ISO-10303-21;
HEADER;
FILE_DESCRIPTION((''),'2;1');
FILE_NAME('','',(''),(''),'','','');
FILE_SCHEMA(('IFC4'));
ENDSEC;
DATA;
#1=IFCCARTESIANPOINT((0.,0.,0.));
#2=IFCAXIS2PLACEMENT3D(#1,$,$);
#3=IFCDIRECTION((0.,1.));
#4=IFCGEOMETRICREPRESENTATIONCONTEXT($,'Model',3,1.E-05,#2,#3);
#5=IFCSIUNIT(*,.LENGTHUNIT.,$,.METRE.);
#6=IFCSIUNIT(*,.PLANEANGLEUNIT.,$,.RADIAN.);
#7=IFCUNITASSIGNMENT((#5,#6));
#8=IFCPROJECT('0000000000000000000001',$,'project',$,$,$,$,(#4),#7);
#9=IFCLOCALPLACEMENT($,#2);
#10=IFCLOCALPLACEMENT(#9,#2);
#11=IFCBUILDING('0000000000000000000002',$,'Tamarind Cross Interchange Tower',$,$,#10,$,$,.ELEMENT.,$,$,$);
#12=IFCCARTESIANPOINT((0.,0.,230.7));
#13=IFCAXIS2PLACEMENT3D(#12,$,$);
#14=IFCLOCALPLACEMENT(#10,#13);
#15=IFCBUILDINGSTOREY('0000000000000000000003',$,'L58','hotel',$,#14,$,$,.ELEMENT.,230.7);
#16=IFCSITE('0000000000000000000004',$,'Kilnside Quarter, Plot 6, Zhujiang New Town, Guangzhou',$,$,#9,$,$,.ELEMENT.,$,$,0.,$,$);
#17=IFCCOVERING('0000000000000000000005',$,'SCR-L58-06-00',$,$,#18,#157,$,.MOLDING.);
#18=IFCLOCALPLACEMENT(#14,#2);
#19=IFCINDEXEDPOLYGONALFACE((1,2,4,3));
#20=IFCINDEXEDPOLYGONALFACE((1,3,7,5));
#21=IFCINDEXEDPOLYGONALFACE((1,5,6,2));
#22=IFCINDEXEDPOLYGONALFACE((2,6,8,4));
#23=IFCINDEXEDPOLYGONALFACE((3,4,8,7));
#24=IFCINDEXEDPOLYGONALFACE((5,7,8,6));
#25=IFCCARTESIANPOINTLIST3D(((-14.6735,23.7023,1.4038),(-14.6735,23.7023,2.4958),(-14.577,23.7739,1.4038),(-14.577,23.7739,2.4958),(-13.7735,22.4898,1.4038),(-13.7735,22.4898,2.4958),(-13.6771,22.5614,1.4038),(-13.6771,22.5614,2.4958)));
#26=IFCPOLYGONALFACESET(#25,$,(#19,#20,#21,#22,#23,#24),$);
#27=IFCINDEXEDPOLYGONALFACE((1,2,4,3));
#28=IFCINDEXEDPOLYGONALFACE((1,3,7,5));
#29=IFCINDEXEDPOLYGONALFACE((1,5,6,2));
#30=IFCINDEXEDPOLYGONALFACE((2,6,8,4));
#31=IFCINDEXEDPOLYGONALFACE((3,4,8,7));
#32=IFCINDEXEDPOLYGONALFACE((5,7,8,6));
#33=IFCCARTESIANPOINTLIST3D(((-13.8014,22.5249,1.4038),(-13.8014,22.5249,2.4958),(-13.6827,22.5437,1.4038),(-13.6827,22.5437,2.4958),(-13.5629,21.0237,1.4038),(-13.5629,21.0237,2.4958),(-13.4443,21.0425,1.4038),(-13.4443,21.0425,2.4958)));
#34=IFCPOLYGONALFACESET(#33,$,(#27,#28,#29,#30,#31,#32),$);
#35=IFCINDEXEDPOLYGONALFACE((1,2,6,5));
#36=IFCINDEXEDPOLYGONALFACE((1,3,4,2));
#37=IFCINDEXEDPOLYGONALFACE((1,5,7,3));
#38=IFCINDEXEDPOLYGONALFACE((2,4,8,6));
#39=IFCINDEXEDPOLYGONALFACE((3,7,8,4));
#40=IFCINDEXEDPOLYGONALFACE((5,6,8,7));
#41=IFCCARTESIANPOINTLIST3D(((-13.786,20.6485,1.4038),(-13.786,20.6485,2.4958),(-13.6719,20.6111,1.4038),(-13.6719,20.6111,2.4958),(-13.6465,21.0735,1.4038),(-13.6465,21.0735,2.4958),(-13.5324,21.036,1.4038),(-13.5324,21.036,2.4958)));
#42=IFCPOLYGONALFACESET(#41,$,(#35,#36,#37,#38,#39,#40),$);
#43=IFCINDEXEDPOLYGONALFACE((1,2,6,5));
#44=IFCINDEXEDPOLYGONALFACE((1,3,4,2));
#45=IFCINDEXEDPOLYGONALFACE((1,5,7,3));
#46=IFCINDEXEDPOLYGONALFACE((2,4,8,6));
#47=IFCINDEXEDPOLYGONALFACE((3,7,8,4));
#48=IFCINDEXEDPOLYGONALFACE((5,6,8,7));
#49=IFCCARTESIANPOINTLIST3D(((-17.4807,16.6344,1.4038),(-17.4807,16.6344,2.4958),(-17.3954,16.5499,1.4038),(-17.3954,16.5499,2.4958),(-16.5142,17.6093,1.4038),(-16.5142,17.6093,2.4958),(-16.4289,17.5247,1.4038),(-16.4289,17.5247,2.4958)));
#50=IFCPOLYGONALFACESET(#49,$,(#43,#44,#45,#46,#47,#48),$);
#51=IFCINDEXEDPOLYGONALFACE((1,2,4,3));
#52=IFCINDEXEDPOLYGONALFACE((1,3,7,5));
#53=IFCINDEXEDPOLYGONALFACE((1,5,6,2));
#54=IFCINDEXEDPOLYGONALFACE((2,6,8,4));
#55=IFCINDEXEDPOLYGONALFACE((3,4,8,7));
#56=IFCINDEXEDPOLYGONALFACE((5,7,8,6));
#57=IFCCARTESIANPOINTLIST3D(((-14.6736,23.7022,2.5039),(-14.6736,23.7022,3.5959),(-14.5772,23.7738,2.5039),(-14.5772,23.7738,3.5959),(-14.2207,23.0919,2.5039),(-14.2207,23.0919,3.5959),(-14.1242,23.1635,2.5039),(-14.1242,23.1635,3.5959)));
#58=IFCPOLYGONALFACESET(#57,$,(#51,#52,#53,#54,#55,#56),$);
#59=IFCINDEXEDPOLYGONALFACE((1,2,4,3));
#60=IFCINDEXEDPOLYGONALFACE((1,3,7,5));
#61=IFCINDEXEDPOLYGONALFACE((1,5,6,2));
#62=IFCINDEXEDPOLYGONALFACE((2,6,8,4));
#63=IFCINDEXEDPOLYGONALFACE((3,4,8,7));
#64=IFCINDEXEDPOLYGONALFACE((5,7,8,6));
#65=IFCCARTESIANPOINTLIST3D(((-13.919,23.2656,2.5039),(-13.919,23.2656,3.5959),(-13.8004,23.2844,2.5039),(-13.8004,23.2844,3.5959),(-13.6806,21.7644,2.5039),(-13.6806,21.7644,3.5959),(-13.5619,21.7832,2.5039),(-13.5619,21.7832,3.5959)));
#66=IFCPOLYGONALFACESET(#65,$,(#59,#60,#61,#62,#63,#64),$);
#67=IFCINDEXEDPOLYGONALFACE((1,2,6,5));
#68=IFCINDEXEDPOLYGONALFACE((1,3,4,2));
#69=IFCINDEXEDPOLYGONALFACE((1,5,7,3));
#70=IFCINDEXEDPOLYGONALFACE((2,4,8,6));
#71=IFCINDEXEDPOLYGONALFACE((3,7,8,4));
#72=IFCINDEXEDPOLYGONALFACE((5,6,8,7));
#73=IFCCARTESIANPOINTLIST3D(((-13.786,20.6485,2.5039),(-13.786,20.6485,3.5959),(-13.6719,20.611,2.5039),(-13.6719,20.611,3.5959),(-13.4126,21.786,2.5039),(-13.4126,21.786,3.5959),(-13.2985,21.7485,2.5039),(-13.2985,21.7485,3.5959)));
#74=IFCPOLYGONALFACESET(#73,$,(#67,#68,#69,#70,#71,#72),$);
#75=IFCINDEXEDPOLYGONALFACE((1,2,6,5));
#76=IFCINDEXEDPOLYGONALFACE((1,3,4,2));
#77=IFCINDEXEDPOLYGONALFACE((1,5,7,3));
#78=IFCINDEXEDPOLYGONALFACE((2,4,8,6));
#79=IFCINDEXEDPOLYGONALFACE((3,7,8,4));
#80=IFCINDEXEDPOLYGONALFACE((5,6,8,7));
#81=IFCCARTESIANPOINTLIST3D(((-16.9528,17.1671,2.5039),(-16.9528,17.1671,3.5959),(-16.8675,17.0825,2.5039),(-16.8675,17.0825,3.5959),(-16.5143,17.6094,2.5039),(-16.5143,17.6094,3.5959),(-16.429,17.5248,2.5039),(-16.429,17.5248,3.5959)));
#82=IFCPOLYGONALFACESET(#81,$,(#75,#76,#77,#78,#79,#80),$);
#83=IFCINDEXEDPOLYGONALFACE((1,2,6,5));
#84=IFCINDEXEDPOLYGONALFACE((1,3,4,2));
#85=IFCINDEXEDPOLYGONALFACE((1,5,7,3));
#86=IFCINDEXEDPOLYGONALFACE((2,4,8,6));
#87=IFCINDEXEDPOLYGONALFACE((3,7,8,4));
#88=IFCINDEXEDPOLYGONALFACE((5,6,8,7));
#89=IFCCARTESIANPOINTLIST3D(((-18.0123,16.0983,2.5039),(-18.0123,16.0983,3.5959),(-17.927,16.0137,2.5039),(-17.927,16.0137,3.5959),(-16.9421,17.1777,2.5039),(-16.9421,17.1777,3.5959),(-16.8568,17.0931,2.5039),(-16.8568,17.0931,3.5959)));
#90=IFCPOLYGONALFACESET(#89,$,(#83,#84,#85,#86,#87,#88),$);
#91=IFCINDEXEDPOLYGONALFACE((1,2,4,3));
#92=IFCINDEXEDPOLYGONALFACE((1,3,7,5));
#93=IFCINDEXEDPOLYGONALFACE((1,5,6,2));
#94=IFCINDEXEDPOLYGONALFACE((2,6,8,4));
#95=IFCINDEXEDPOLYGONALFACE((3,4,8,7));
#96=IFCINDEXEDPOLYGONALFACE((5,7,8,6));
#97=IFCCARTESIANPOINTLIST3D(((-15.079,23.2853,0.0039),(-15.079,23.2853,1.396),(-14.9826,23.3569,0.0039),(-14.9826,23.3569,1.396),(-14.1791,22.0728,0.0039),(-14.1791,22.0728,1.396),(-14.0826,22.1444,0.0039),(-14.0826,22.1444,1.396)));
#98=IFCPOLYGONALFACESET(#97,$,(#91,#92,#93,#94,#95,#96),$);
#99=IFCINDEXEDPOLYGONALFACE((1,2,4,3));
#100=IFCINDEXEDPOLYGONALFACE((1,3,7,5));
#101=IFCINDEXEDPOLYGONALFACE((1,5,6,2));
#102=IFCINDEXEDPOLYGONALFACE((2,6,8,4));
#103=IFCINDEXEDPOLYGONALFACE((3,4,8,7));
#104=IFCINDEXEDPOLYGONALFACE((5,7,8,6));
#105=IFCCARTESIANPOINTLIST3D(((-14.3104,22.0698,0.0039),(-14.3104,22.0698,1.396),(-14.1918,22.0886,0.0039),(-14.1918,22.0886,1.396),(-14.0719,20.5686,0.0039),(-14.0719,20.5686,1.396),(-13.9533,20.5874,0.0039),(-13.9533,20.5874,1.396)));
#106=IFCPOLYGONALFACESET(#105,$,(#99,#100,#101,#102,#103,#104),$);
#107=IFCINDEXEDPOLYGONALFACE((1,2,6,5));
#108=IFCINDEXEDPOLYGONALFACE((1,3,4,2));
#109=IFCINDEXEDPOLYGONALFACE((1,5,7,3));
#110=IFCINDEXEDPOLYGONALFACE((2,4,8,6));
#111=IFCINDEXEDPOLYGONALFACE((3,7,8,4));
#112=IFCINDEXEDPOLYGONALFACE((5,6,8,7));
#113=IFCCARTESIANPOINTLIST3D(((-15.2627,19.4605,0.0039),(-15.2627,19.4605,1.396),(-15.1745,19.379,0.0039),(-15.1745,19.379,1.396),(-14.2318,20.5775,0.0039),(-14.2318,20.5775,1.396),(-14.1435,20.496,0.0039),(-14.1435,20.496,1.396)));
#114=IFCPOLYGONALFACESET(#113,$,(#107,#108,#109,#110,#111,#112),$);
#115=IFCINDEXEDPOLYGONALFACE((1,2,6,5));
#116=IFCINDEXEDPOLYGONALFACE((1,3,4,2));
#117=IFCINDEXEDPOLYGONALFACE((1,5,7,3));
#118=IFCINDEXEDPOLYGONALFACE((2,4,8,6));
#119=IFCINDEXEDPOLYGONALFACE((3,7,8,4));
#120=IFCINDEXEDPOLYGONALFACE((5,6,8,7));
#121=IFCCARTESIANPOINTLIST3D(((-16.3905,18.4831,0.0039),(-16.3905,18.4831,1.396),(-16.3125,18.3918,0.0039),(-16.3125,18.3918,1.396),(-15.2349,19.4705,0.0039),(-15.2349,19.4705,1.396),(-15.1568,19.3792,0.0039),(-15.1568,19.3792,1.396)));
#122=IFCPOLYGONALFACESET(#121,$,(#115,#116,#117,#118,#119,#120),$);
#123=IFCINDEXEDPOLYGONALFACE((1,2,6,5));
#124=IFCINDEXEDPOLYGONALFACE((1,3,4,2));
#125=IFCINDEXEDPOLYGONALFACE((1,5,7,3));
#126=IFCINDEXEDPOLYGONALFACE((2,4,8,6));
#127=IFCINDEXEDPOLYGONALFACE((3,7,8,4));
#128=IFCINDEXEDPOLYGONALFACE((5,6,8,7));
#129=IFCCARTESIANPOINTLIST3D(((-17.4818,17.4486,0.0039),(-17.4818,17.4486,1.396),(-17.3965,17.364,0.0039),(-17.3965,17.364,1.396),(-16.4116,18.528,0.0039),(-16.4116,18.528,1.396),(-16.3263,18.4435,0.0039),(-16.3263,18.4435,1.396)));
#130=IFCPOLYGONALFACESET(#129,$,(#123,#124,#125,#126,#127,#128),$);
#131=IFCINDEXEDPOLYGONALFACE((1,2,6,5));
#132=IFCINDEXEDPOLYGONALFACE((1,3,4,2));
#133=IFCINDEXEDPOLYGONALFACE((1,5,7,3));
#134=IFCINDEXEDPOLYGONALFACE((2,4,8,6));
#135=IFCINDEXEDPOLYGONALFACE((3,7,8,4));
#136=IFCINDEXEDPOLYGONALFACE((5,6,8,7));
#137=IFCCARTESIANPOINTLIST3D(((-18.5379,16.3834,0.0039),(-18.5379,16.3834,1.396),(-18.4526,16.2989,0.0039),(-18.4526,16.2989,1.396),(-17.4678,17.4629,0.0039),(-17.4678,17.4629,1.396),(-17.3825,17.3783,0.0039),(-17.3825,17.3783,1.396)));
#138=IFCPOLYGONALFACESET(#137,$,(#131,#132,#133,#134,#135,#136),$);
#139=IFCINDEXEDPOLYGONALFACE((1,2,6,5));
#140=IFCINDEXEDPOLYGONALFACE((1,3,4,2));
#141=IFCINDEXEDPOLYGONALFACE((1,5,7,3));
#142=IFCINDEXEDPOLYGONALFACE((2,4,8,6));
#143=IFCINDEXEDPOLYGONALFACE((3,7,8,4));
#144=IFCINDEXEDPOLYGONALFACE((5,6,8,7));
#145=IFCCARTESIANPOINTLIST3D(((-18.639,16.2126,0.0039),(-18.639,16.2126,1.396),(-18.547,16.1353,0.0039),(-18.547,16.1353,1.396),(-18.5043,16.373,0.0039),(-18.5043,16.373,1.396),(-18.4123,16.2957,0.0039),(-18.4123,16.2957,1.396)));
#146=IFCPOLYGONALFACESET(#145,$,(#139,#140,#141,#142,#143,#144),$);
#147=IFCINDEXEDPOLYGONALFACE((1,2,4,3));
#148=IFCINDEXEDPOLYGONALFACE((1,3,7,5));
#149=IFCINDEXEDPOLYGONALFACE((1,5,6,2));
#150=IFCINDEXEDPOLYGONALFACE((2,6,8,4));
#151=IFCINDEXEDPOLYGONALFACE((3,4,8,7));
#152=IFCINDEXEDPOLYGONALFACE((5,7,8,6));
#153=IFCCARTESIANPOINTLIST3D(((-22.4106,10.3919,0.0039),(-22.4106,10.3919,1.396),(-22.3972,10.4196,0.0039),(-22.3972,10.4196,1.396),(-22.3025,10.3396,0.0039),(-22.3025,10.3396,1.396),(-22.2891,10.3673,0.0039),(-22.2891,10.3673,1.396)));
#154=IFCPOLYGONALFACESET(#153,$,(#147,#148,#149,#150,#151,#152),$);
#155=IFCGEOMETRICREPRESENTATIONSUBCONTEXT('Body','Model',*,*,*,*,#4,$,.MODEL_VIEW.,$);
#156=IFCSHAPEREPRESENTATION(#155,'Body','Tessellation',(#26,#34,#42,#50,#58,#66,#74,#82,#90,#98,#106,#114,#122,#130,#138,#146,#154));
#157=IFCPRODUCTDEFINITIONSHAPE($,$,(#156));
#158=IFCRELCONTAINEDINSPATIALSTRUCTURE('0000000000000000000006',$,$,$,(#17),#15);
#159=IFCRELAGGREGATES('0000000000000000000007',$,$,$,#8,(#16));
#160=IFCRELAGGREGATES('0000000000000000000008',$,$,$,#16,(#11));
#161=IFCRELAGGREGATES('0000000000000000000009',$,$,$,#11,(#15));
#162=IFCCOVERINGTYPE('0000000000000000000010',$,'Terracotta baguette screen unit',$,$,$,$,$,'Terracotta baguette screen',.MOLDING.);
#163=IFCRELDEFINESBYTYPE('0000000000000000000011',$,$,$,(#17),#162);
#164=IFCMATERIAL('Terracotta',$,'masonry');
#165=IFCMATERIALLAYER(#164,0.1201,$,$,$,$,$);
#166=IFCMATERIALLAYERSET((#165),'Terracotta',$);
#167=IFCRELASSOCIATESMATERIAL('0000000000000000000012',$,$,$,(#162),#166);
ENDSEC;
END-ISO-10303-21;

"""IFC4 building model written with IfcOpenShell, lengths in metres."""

from ifc_helpers import new_model, si_unit, direction, frame, origin, origin_2d, place, context, subcontext, project, spatial, rectangle, extrude, material, layer, layer_set, type_object, element, save


model = new_model("IFC4")

# Units and contexts
model_context = context("Model", 3, precision=1e-05, world=origin(), true_north=direction((0.0, 1.0)))
body_context = subcontext(model_context, "Body", "Model", "MODEL_VIEW")
ifc_project = project(units=[si_unit("LENGTHUNIT", "METRE"), si_unit("PLANEANGLEUNIT", "RADIAN")], contexts=[model_context])

# Site, building, storey
site_placement = place(None, origin())
site = spatial("IfcSite", under=ifc_project, at=site_placement, Name="Kilnside Quarter, Plot 6, Zhujiang New Town, Guangzhou", CompositionType="ELEMENT", RefElevation=0.0)
building_placement = place(site_placement, origin())
building = spatial("IfcBuilding", under=site, at=building_placement, Name="Tamarind Cross Interchange Tower", CompositionType="ELEMENT")
storey_placement = place(building_placement, frame((0.0, 0.0, 230.7)))
storey = spatial("IfcBuildingStorey", under=building, at=storey_placement, Name="L58", Description="hotel", CompositionType="ELEMENT", Elevation=230.7)

# Covering
ifc_material_1 = material(Name="Terracotta", Category="masonry")
ifc_layer_1 = layer(ifc_material_1, 0.1201)
ifc_layer_set_1 = layer_set([ifc_layer_1], Name="Terracotta")
covering_type = type_object("IfcCoveringType", Name="Terracotta baguette screen unit", ElementType="Terracotta baguette screen", PredefinedType="MOLDING", material=ifc_layer_set_1)
covering_1_placement = place(storey_placement, origin())
element("IfcCovering", 1, at=covering_1_placement, inside=storey, type_object=covering_type, Name="SCR-L58-06-00", PredefinedType="MOLDING", context=body_context, shape_type="SweptSolid", body=[
    extrude(rectangle(XDim=1.51, YDim=0.1201, at=origin_2d()), frame((-14.1753, 23.1318, 1.4038), z_axis=(0.0, 0.0, 1.0), x_axis=(0.595999, -0.802985, 0.0)), (0.0, 0.0, 1.0), 1.092),
    extrude(rectangle(XDim=1.52, YDim=0.1201, at=origin_2d()), frame((-13.6228, 21.7837, 1.4038), z_axis=(0.0, 0.0, 1.0), x_axis=(0.156885, -0.987617, 0.0)), (0.0, 0.0, 1.0), 1.092),
    extrude(rectangle(XDim=0.4473, YDim=0.1201, at=origin_2d()), frame((-13.6592, 20.8423, 1.4038), z_axis=(0.0, 0.0, 1.0), x_axis=(-0.311915, -0.95011, 0.0)), (0.0, 0.0, 1.0), 1.092),
    extrude(rectangle(XDim=1.3728, YDim=0.1201, at=origin_2d()), frame((-16.9548, 17.0796, 1.4038), z_axis=(0.0, 0.0, 1.0), x_axis=(-0.704057, -0.710143, 0.0)), (0.0, 0.0, 1.0), 1.092),
    extrude(rectangle(XDim=0.76, YDim=0.1201, at=origin_2d()), frame((-14.3989, 23.4329, 2.5039), z_axis=(0.0, 0.0, 1.0), x_axis=(0.595999, -0.802985, 0.0)), (0.0, 0.0, 1.0), 1.092),
    extrude(rectangle(XDim=1.52, YDim=0.1201, at=origin_2d()), frame((-13.7405, 22.5244, 2.5039), z_axis=(0.0, 0.0, 1.0), x_axis=(0.156885, -0.987617, 0.0)), (0.0, 0.0, 1.0), 1.092),
    extrude(rectangle(XDim=1.1973, YDim=0.1201, at=origin_2d()), frame((-13.5422, 21.1985, 2.5039), z_axis=(0.0, 0.0, 1.0), x_axis=(-0.311915, -0.95011, 0.0)), (0.0, 0.0, 1.0), 1.092),
    extrude(rectangle(XDim=0.6228, YDim=0.1201, at=origin_2d()), frame((-16.6909, 17.3459, 2.5039), z_axis=(0.0, 0.0, 1.0), x_axis=(-0.704057, -0.710143, 0.0)), (0.0, 0.0, 1.0), 1.092),
    extrude(rectangle(XDim=1.52, YDim=0.1201, at=origin_2d()), frame((-17.4346, 16.5957, 2.5039), z_axis=(0.0, 0.0, 1.0), x_axis=(-0.704057, -0.710143, 0.0)), (0.0, 0.0, 1.0), 1.092),
    extrude(rectangle(XDim=1.51, YDim=0.1201, at=origin_2d()), frame((-14.5808, 22.7148, 0.0039), z_axis=(0.0, 0.0, 1.0), x_axis=(0.595999, -0.802985, 0.0)), (0.0, 0.0, 1.0), 1.3921),
    extrude(rectangle(XDim=1.52, YDim=0.1201, at=origin_2d()), frame((-14.1318, 21.3286, 0.0039), z_axis=(0.0, 0.0, 1.0), x_axis=(0.156885, -0.987617, 0.0)), (0.0, 0.0, 1.0), 1.3921),
    extrude(rectangle(XDim=1.52, YDim=0.1201, at=origin_2d()), frame((-14.7031, 19.9783, 0.0039), z_axis=(0.0, 0.0, 1.0), x_axis=(-0.678235, -0.734845, 0.0)), (0.0, 0.0, 1.0), 1.3921),
    extrude(rectangle(XDim=1.52, YDim=0.1201, at=origin_2d()), frame((-15.7737, 18.9312, 0.0039), z_axis=(0.0, 0.0, 1.0), x_axis=(-0.760296, -0.649577, 0.0)), (0.0, 0.0, 1.0), 1.3921),
    extrude(rectangle(XDim=1.52, YDim=0.1201, at=origin_2d()), frame((-16.9041, 17.946, 0.0039), z_axis=(0.0, 0.0, 1.0), x_axis=(-0.704057, -0.710143, 0.0)), (0.0, 0.0, 1.0), 1.3921),
    extrude(rectangle(XDim=1.52, YDim=0.1201, at=origin_2d()), frame((-17.9602, 16.8809, 0.0039), z_axis=(0.0, 0.0, 1.0), x_axis=(-0.704057, -0.710143, 0.0)), (0.0, 0.0, 1.0), 1.3921),
    extrude(rectangle(XDim=0.2095, YDim=0.1201, at=origin_2d()), frame((-18.5256, 16.2542, 0.0039), z_axis=(0.0, 0.0, 1.0), x_axis=(-0.643009, -0.765858, 0.0)), (0.0, 0.0, 1.0), 1.3921),
    extrude(rectangle(XDim=0.0308, YDim=0.1201, at=origin_2d()), frame((-22.3499, 10.3796, 0.0039), z_axis=(0.0, 0.0, 1.0), x_axis=(-0.435326, -0.900273, 0.0)), (0.0, 0.0, 1.0), 1.3921),
])

save(model, "model.ifc")
